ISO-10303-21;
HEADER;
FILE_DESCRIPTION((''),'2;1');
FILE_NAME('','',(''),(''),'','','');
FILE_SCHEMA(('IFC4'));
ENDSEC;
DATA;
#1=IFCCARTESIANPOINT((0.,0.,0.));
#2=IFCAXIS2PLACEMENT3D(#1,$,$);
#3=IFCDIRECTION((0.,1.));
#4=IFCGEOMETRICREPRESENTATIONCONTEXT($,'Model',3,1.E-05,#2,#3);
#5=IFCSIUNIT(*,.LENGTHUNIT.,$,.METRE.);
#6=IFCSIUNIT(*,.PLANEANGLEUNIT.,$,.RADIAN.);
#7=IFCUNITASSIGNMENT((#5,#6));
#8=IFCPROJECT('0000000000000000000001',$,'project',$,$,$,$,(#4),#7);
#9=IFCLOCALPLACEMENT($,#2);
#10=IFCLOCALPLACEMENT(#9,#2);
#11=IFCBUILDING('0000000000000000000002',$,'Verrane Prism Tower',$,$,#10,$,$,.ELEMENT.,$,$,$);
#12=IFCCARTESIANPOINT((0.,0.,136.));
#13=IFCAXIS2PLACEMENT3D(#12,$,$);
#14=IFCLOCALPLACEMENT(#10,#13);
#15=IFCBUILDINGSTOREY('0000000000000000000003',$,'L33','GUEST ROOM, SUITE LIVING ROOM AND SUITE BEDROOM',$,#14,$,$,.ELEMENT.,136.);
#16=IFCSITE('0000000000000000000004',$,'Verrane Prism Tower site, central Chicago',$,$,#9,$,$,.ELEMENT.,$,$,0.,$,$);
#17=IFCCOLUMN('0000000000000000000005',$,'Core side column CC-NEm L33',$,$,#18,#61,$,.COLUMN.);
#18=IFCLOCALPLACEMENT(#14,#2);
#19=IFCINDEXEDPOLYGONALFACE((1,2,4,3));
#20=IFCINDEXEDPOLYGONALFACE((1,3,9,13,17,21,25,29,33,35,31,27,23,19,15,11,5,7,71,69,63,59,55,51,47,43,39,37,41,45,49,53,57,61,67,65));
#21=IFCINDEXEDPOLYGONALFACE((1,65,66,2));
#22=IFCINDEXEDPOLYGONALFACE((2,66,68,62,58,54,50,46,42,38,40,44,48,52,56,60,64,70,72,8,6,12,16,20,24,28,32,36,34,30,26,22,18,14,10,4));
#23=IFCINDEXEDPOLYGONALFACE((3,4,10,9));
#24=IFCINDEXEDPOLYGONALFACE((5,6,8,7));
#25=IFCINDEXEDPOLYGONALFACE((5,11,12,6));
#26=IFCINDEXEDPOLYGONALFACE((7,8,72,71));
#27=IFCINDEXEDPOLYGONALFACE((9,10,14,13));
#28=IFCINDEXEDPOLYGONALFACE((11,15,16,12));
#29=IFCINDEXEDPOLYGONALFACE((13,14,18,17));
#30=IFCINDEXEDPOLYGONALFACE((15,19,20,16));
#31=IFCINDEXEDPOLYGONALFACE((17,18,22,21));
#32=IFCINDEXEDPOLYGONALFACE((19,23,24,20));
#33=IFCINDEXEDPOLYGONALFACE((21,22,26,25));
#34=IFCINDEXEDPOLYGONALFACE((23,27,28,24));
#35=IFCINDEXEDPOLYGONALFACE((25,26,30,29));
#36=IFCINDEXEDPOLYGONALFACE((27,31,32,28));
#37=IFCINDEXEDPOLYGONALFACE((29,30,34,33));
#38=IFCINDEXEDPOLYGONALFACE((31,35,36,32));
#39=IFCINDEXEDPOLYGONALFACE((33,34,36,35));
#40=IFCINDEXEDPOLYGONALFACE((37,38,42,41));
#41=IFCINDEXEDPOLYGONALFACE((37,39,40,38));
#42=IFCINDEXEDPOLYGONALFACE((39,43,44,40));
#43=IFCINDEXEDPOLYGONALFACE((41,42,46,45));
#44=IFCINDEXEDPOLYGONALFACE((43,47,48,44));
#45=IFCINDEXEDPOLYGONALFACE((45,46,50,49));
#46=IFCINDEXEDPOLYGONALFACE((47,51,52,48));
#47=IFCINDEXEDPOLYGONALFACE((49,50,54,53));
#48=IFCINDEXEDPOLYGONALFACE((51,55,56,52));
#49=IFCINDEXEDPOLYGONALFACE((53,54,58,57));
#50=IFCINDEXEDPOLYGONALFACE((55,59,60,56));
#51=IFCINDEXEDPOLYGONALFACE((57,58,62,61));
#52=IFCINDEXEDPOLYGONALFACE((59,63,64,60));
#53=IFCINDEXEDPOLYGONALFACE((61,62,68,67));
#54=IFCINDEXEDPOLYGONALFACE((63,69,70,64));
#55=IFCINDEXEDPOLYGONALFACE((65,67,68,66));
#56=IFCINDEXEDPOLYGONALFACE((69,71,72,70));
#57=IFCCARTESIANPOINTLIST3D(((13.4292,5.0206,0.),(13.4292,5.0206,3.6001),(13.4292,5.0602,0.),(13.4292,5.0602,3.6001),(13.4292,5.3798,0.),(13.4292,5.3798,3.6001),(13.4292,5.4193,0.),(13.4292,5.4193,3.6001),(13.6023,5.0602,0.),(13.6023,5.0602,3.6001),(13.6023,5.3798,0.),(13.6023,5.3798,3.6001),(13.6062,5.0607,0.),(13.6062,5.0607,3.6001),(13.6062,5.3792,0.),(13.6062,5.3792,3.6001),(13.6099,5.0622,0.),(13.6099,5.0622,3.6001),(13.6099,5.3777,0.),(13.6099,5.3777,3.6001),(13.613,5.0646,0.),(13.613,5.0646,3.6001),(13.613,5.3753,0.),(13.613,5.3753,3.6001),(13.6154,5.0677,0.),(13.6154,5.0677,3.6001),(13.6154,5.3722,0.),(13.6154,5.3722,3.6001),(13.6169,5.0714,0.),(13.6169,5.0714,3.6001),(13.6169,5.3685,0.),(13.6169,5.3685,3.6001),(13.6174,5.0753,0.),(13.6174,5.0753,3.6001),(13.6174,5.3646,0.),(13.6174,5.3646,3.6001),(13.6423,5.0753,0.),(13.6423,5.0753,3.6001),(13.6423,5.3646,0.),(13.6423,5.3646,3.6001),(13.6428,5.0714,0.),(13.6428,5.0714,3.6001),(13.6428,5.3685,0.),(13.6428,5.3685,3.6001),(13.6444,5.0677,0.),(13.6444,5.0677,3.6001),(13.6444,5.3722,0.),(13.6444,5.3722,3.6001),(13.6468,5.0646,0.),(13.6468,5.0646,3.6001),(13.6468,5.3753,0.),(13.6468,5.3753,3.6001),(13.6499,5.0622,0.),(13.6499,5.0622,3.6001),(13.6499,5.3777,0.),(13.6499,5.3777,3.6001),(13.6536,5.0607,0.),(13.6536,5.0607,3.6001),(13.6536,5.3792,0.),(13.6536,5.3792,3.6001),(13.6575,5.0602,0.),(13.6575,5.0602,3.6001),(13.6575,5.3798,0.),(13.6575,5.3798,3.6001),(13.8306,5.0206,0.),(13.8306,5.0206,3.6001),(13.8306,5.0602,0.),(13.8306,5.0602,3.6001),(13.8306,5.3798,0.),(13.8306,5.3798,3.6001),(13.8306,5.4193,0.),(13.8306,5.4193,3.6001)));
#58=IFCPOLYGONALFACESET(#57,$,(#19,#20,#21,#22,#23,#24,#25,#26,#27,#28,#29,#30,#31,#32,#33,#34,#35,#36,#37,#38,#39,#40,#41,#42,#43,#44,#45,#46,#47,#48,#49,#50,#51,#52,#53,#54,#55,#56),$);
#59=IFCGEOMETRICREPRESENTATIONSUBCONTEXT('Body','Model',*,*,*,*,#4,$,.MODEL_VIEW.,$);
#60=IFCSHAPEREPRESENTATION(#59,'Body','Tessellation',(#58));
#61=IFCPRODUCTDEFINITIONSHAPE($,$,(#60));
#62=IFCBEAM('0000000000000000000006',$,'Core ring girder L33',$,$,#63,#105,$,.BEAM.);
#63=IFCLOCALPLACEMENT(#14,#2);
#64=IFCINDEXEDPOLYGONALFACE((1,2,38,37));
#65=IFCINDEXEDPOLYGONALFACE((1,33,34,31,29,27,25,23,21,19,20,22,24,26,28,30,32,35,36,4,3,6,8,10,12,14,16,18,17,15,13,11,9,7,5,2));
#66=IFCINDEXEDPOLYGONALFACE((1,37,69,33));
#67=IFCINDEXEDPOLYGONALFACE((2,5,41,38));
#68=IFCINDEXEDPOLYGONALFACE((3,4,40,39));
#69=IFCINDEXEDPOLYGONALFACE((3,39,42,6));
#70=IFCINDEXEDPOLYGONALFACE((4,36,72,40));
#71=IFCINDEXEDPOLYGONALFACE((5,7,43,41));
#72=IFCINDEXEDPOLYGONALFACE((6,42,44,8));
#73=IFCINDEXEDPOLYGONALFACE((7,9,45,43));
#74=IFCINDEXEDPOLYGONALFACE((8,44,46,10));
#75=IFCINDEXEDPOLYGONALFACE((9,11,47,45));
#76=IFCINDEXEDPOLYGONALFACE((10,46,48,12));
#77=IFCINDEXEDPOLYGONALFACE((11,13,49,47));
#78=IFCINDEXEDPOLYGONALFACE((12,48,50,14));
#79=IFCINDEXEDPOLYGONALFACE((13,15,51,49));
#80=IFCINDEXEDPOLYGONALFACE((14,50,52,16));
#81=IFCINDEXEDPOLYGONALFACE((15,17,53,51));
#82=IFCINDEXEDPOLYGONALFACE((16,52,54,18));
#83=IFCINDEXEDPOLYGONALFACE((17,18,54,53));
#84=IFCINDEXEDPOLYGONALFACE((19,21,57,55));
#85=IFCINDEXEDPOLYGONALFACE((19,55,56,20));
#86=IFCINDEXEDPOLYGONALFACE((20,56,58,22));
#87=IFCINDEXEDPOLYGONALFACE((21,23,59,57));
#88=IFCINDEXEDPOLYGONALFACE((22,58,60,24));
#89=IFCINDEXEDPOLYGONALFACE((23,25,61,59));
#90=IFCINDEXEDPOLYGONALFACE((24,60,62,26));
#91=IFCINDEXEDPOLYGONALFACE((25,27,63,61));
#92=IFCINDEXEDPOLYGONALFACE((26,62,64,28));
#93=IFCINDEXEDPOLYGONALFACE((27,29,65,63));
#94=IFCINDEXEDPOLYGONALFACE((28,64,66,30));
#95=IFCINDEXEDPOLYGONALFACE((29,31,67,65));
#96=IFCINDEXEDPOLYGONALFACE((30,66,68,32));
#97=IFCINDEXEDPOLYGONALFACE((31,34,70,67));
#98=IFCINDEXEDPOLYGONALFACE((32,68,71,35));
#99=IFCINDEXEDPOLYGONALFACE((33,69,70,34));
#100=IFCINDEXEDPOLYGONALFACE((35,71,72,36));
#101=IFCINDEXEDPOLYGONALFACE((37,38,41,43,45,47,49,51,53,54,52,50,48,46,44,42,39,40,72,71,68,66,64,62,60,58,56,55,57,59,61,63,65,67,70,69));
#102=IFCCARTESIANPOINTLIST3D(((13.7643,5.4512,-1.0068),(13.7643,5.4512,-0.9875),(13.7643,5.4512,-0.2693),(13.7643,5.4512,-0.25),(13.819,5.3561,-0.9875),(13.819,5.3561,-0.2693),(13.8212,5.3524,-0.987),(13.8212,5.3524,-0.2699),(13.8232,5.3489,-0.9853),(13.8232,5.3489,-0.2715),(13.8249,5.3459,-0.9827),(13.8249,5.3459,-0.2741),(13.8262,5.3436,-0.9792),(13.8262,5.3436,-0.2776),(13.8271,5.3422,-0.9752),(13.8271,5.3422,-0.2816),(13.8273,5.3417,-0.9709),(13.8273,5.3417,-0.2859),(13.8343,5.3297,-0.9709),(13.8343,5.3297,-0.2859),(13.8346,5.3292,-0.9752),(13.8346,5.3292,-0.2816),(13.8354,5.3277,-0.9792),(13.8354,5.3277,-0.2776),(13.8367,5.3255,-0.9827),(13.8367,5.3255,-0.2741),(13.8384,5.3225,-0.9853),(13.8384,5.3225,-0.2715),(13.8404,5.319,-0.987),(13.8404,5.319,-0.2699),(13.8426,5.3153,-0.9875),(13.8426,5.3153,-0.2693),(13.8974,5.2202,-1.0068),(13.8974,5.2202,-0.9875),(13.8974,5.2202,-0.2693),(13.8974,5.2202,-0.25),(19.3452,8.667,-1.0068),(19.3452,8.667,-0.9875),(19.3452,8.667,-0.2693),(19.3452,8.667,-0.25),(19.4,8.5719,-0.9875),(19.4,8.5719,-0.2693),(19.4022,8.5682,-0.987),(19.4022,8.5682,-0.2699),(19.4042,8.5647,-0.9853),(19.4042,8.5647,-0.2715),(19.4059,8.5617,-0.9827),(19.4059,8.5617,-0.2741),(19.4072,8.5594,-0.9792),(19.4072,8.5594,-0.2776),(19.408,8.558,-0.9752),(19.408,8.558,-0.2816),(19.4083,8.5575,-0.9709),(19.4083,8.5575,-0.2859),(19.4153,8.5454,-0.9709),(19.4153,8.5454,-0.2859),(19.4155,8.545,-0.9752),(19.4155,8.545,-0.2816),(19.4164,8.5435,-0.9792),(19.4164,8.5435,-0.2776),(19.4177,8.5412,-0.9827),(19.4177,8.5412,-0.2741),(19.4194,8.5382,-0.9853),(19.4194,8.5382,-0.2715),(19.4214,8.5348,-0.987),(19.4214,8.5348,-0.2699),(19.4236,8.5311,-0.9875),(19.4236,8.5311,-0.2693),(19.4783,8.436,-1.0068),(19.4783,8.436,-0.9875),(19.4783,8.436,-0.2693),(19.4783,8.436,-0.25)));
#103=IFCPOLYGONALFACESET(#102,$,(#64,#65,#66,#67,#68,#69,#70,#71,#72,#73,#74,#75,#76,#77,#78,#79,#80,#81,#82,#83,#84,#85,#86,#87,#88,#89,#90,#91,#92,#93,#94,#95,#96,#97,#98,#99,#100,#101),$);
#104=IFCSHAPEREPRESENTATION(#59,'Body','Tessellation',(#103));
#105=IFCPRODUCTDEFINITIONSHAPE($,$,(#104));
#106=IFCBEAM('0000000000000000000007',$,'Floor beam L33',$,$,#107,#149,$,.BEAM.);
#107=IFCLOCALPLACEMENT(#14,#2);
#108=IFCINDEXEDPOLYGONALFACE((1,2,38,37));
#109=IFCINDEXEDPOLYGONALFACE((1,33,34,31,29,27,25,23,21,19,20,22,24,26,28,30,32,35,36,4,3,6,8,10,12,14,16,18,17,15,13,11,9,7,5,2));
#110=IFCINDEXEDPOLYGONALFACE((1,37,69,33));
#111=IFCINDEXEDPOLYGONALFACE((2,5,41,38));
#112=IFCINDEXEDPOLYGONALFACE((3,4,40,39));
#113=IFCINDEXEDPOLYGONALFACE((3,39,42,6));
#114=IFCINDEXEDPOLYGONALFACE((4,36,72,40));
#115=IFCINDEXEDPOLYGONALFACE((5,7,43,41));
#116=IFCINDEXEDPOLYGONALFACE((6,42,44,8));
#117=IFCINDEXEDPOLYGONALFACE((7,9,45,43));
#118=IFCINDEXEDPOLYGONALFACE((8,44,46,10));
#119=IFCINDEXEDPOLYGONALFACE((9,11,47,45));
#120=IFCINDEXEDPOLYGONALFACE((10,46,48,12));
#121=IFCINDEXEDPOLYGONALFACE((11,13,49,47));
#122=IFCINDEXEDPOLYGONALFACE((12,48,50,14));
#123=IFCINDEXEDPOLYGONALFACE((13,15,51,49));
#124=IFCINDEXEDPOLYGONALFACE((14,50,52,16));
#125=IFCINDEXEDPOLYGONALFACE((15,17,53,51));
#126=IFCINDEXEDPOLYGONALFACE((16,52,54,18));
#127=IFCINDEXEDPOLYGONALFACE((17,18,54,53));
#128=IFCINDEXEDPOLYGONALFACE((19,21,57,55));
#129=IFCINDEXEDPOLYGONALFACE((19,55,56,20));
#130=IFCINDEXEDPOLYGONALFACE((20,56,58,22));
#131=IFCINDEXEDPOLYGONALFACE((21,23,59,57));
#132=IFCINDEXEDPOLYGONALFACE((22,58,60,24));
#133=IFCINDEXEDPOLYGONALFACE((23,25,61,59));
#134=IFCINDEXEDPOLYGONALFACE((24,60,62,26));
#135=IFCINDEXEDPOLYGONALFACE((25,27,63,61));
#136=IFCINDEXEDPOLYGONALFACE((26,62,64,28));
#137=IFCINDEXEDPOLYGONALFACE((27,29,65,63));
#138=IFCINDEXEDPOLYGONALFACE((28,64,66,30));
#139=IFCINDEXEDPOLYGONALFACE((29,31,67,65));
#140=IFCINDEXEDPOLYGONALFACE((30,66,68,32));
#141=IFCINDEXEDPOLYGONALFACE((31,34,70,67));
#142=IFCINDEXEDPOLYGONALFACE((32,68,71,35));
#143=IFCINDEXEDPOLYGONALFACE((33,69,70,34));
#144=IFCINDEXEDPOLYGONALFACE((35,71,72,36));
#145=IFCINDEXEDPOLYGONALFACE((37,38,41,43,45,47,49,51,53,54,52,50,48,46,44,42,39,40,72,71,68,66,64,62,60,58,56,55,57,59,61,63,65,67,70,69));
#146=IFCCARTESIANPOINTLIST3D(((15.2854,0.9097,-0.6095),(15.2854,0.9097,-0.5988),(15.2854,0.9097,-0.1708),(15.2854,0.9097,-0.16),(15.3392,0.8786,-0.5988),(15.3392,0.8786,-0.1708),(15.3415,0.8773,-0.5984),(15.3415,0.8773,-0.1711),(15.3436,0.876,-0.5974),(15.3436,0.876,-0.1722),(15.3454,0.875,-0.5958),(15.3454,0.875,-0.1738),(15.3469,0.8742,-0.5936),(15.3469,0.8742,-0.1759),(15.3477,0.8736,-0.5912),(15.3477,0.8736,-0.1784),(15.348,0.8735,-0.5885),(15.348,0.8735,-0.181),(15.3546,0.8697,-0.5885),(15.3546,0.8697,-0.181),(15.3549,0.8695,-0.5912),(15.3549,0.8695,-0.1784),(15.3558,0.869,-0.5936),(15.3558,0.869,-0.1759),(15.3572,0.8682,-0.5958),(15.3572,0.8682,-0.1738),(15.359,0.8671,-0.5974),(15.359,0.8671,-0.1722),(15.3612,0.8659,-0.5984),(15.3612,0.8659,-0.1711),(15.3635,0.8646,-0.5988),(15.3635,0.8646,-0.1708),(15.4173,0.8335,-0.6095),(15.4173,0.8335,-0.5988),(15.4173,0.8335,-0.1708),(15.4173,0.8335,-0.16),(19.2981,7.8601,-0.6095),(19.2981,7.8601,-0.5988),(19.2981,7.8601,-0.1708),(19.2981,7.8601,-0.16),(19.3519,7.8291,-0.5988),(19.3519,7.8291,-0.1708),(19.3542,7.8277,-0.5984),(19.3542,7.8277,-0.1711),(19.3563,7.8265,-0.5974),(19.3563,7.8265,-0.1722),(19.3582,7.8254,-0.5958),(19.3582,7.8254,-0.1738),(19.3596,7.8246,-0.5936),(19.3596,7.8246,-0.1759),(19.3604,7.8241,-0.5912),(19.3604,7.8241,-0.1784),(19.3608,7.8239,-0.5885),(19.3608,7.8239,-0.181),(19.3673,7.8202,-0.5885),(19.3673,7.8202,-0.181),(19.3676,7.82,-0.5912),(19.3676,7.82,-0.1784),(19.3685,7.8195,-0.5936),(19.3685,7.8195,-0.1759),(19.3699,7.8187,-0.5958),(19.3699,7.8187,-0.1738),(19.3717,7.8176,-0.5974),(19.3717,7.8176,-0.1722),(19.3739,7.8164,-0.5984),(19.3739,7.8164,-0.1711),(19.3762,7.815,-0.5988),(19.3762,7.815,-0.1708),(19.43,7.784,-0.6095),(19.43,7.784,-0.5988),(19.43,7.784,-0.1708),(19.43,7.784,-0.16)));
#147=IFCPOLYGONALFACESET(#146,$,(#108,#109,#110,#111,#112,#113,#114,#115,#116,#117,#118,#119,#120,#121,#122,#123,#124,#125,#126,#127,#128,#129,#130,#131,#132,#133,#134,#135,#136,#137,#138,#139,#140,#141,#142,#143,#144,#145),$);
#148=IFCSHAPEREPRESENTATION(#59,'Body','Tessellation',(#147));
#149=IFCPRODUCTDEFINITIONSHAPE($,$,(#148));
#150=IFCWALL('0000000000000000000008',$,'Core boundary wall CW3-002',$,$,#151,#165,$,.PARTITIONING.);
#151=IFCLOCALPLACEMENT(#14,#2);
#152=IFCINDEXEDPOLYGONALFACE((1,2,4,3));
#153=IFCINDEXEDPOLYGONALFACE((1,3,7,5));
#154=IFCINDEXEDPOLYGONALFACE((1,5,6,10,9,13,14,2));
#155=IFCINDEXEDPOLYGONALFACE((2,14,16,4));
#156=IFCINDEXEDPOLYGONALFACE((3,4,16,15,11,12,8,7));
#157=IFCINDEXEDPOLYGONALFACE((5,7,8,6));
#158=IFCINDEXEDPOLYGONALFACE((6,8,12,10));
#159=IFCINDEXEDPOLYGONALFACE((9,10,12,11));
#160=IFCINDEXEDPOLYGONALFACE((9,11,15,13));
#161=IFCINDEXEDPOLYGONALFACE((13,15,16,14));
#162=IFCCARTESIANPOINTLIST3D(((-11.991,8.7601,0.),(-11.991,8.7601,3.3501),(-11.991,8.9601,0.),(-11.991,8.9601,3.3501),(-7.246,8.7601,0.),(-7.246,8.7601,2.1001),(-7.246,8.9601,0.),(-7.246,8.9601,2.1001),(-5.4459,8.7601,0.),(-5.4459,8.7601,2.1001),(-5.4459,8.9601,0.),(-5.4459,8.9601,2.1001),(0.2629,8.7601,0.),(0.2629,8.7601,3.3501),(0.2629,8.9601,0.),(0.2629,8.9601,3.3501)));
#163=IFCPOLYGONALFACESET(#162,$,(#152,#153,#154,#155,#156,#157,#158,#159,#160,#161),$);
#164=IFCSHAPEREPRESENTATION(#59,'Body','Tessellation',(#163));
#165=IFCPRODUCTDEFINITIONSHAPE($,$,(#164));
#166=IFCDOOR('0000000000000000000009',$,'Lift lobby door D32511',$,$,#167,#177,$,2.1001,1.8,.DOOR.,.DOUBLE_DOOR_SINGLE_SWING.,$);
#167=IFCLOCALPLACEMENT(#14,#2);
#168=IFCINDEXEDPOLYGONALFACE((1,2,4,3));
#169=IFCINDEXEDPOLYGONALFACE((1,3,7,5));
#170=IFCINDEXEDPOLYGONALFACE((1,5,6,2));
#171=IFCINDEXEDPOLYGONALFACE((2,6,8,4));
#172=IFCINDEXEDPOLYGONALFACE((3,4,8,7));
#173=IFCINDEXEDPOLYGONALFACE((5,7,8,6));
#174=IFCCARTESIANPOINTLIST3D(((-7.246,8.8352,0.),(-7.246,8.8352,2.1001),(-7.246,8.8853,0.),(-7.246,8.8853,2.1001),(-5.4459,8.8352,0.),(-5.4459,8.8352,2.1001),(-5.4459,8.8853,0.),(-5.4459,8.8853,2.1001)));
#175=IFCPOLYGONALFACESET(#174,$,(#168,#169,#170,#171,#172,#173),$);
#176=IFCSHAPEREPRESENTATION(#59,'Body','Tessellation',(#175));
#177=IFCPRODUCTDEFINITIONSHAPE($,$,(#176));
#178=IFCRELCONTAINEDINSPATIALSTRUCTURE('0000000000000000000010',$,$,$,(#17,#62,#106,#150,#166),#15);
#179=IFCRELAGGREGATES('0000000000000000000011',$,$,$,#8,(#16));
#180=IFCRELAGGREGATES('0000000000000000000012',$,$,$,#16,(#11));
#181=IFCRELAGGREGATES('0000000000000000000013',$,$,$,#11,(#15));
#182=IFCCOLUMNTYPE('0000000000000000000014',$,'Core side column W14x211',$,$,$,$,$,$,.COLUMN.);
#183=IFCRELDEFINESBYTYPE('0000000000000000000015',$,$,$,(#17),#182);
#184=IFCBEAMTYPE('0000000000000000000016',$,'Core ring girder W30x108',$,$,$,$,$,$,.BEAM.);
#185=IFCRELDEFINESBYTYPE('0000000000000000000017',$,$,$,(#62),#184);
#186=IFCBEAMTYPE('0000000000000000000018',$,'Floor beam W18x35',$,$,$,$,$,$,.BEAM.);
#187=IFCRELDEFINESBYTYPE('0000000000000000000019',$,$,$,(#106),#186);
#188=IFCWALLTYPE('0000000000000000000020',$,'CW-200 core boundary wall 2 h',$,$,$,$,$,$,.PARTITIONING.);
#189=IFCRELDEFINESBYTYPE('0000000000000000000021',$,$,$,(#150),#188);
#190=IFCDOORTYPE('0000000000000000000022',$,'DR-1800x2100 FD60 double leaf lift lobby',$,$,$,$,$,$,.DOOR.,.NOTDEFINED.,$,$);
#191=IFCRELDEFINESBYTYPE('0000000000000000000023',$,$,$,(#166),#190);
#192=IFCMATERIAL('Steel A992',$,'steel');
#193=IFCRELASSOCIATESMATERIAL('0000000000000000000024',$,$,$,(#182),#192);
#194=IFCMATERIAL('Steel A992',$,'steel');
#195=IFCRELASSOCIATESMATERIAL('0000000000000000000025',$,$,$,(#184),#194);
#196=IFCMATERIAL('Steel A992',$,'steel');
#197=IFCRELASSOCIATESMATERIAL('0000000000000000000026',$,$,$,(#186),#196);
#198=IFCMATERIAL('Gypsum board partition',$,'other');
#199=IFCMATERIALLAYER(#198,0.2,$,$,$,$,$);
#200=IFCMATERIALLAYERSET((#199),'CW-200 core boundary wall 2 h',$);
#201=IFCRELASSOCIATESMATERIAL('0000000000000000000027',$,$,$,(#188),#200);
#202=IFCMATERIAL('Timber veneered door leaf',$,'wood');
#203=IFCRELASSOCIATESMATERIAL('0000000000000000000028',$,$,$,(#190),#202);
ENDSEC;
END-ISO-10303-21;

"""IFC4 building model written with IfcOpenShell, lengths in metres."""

from ifc_helpers import new_model, si_unit, direction, frame, frame_2d, origin, origin_2d, place, context, subcontext, project, spatial, rectangle, i_section, extrude, material, layer, layer_set, material_profile, profile_set, type_object, element, fill, save


model = new_model("IFC4")

# Units and contexts
model_context = context("Model", 3, precision=1e-05, world=origin(), true_north=direction((0.0, 1.0)))
body_context = subcontext(model_context, "Body", "Model", "MODEL_VIEW")
ifc_project = project(units=[si_unit("LENGTHUNIT", "METRE"), si_unit("PLANEANGLEUNIT", "RADIAN")], contexts=[model_context])

# Site, building, storey
site_placement = place(None, origin())
site = spatial("IfcSite", under=ifc_project, at=site_placement, Name="Verrane Prism Tower site, central Chicago", CompositionType="ELEMENT", RefElevation=0.0)
building_placement = place(site_placement, origin())
building = spatial("IfcBuilding", under=site, at=building_placement, Name="Verrane Prism Tower", CompositionType="ELEMENT")
storey_placement = place(building_placement, frame((0.0, 0.0, 136.0)))
storey = spatial("IfcBuildingStorey", under=building, at=storey_placement, Name="L33", Description="GUEST ROOM, SUITE LIVING ROOM AND SUITE BEDROOM", CompositionType="ELEMENT", Elevation=136.0)

# Column
ifc_material_1 = material(Name="Steel A992", Category="steel")
ifc_material_profile_1 = material_profile(ifc_material_1, i_section(OverallWidth=0.4014, OverallDepth=0.3987, WebThickness=0.0249, FlangeThickness=0.0396, FilletRadius=0.0151, at=origin_2d()), Name="W14x211")
ifc_profile_set_1 = profile_set([ifc_material_profile_1], Name="Steel A992")
column_type = type_object("IfcColumnType", Name="Core side column W14x211", PredefinedType="COLUMN", material=ifc_profile_set_1)
column_placement = place(storey_placement, frame((13.6299, 5.22, 0.0), z_axis=(0.0, 0.0, 1.0), x_axis=(1.0, 0.0, 0.0)))
element("IfcColumn", 1, at=column_placement, inside=storey, type_object=column_type, Name="Core side column CC-NEm L33", PredefinedType="COLUMN", context=body_context, shape_type="SweptSolid", body=[
    extrude(i_section(OverallWidth=0.4014, OverallDepth=0.3987, WebThickness=0.0249, FlangeThickness=0.0396, FilletRadius=0.0151, at=origin_2d()), origin(), (0.0, 0.0, 1.0), 3.6001),
])

# Beams
ifc_material_2 = material(Name="Steel A992", Category="steel")
ifc_material_profile_2 = material_profile(ifc_material_2, i_section(OverallWidth=0.2666, OverallDepth=0.7568, WebThickness=0.0139, FlangeThickness=0.0193, FilletRadius=0.0166, at=origin_2d()), Name="W30x108")
ifc_profile_set_2 = profile_set([ifc_material_profile_2], Name="Steel A992")
beam_type_1 = type_object("IfcBeamType", Name="Core ring girder W30x108", PredefinedType="BEAM", material=ifc_profile_set_2)
beam_1_placement = place(storey_placement, frame((13.8308, 5.3357, -0.6284), z_axis=(0.866456, 0.499254, 0.0), x_axis=(-0.499254, 0.866456, 0.0)))
element("IfcBeam", 2, at=beam_1_placement, inside=storey, type_object=beam_type_1, Name="Core ring girder L33", PredefinedType="BEAM", context=body_context, shape_type="SweptSolid", body=[
    extrude(i_section(OverallWidth=0.2666, OverallDepth=0.7568, WebThickness=0.0139, FlangeThickness=0.0193, FilletRadius=0.0166, at=origin_2d()), origin(), (0.0, 0.0, 1.0), 6.4412),
])
ifc_material_3 = material(Name="Steel A992", Category="steel")
ifc_material_profile_3 = material_profile(ifc_material_3, i_section(OverallWidth=0.1523, OverallDepth=0.4495, WebThickness=0.0076, FlangeThickness=0.0107, FilletRadius=0.0103, at=origin_2d()), Name="W18x35")
ifc_profile_set_3 = profile_set([ifc_material_profile_3], Name="Steel A992")
beam_type_2 = type_object("IfcBeamType", Name="Floor beam W18x35", PredefinedType="BEAM", material=ifc_profile_set_3)
beam_2_placement = place(storey_placement, frame((15.3513, 0.8716, -0.3848), z_axis=(0.499987, 0.866033, 0.0), x_axis=(-0.866033, 0.499987, 0.0)))
element("IfcBeam", 3, at=beam_2_placement, inside=storey, type_object=beam_type_2, Name="Floor beam L33", PredefinedType="BEAM", context=body_context, shape_type="SweptSolid", body=[
    extrude(i_section(OverallWidth=0.1523, OverallDepth=0.4495, WebThickness=0.0076, FlangeThickness=0.0107, FilletRadius=0.0103, at=origin_2d()), origin(), (0.0, 0.0, 1.0), 8.0256),
])

# Wall, opening, door
ifc_material_4 = material(Name="Gypsum board partition", Category="other")
ifc_layer_1 = layer(ifc_material_4, 0.2)
ifc_layer_set_1 = layer_set([ifc_layer_1], Name="CW-200 core boundary wall 2 h")
wall_type_1 = type_object("IfcWallType", Name="CW-200 core boundary wall 2 h", PredefinedType="PARTITIONING", material=ifc_layer_set_1)
wall_1_placement = place(storey_placement, frame((0.2629, 8.8601, 0.0), z_axis=(0.0, 0.0, 1.0), x_axis=(-1.0, 0.0, 0.0)))
wall_1 = element("IfcWall", 4, at=wall_1_placement, inside=storey, type_object=wall_type_1, Name="Core boundary wall CW3-002", PredefinedType="PARTITIONING", context=body_context, shape_type="SweptSolid", body=[
    extrude(rectangle(XDim=12.2539, YDim=0.2, at=frame_2d((6.127, 0.0))), origin(), (0.0, 0.0, 1.0), 3.3501),
])
opening_1_placement = place(wall_1_placement, frame((5.709, 0.0, 0.0)))
opening_1 = element("IfcOpeningElement", 5, at=opening_1_placement, cuts=wall_1, PredefinedType="OPENING", context=body_context, shape_type="SweptSolid", body=[
    extrude(rectangle(XDim=1.8, YDim=2.1001, at=frame_2d((0.8999, 1.05))), frame((0.0, 0.1099, 0.0), z_axis=(0.0, -1.0, 0.0), x_axis=(1.0, 0.0, 0.0)), (0.0, 0.0, 1.0), 0.22),
])
ifc_material_5 = material(Name="Timber veneered door leaf", Category="wood")
door_type_1 = type_object("IfcDoorType", Name="DR-1800x2100 FD60 double leaf lift lobby", OperationType="NOTDEFINED", PredefinedType="DOOR", material=ifc_material_5)
door_1_placement = place(opening_1_placement, origin())
door_1 = element("IfcDoor", 6, at=door_1_placement, inside=storey, type_object=door_type_1, Name="Lift lobby door D32511", OperationType="DOUBLE_DOOR_SINGLE_SWING", OverallHeight=2.1001, OverallWidth=1.8, PredefinedType="DOOR", context=body_context, shape_type="SweptSolid", body=[
    extrude(rectangle(XDim=1.8, YDim=2.1001, at=frame_2d((0.8999, 1.05))), frame((0.0, 0.0249, 0.0), z_axis=(0.0, -1.0, 0.0), x_axis=(1.0, 0.0, 0.0)), (0.0, 0.0, 1.0), 0.05),
])
fill(opening_1, door_1)

save(model, "model.ifc")
